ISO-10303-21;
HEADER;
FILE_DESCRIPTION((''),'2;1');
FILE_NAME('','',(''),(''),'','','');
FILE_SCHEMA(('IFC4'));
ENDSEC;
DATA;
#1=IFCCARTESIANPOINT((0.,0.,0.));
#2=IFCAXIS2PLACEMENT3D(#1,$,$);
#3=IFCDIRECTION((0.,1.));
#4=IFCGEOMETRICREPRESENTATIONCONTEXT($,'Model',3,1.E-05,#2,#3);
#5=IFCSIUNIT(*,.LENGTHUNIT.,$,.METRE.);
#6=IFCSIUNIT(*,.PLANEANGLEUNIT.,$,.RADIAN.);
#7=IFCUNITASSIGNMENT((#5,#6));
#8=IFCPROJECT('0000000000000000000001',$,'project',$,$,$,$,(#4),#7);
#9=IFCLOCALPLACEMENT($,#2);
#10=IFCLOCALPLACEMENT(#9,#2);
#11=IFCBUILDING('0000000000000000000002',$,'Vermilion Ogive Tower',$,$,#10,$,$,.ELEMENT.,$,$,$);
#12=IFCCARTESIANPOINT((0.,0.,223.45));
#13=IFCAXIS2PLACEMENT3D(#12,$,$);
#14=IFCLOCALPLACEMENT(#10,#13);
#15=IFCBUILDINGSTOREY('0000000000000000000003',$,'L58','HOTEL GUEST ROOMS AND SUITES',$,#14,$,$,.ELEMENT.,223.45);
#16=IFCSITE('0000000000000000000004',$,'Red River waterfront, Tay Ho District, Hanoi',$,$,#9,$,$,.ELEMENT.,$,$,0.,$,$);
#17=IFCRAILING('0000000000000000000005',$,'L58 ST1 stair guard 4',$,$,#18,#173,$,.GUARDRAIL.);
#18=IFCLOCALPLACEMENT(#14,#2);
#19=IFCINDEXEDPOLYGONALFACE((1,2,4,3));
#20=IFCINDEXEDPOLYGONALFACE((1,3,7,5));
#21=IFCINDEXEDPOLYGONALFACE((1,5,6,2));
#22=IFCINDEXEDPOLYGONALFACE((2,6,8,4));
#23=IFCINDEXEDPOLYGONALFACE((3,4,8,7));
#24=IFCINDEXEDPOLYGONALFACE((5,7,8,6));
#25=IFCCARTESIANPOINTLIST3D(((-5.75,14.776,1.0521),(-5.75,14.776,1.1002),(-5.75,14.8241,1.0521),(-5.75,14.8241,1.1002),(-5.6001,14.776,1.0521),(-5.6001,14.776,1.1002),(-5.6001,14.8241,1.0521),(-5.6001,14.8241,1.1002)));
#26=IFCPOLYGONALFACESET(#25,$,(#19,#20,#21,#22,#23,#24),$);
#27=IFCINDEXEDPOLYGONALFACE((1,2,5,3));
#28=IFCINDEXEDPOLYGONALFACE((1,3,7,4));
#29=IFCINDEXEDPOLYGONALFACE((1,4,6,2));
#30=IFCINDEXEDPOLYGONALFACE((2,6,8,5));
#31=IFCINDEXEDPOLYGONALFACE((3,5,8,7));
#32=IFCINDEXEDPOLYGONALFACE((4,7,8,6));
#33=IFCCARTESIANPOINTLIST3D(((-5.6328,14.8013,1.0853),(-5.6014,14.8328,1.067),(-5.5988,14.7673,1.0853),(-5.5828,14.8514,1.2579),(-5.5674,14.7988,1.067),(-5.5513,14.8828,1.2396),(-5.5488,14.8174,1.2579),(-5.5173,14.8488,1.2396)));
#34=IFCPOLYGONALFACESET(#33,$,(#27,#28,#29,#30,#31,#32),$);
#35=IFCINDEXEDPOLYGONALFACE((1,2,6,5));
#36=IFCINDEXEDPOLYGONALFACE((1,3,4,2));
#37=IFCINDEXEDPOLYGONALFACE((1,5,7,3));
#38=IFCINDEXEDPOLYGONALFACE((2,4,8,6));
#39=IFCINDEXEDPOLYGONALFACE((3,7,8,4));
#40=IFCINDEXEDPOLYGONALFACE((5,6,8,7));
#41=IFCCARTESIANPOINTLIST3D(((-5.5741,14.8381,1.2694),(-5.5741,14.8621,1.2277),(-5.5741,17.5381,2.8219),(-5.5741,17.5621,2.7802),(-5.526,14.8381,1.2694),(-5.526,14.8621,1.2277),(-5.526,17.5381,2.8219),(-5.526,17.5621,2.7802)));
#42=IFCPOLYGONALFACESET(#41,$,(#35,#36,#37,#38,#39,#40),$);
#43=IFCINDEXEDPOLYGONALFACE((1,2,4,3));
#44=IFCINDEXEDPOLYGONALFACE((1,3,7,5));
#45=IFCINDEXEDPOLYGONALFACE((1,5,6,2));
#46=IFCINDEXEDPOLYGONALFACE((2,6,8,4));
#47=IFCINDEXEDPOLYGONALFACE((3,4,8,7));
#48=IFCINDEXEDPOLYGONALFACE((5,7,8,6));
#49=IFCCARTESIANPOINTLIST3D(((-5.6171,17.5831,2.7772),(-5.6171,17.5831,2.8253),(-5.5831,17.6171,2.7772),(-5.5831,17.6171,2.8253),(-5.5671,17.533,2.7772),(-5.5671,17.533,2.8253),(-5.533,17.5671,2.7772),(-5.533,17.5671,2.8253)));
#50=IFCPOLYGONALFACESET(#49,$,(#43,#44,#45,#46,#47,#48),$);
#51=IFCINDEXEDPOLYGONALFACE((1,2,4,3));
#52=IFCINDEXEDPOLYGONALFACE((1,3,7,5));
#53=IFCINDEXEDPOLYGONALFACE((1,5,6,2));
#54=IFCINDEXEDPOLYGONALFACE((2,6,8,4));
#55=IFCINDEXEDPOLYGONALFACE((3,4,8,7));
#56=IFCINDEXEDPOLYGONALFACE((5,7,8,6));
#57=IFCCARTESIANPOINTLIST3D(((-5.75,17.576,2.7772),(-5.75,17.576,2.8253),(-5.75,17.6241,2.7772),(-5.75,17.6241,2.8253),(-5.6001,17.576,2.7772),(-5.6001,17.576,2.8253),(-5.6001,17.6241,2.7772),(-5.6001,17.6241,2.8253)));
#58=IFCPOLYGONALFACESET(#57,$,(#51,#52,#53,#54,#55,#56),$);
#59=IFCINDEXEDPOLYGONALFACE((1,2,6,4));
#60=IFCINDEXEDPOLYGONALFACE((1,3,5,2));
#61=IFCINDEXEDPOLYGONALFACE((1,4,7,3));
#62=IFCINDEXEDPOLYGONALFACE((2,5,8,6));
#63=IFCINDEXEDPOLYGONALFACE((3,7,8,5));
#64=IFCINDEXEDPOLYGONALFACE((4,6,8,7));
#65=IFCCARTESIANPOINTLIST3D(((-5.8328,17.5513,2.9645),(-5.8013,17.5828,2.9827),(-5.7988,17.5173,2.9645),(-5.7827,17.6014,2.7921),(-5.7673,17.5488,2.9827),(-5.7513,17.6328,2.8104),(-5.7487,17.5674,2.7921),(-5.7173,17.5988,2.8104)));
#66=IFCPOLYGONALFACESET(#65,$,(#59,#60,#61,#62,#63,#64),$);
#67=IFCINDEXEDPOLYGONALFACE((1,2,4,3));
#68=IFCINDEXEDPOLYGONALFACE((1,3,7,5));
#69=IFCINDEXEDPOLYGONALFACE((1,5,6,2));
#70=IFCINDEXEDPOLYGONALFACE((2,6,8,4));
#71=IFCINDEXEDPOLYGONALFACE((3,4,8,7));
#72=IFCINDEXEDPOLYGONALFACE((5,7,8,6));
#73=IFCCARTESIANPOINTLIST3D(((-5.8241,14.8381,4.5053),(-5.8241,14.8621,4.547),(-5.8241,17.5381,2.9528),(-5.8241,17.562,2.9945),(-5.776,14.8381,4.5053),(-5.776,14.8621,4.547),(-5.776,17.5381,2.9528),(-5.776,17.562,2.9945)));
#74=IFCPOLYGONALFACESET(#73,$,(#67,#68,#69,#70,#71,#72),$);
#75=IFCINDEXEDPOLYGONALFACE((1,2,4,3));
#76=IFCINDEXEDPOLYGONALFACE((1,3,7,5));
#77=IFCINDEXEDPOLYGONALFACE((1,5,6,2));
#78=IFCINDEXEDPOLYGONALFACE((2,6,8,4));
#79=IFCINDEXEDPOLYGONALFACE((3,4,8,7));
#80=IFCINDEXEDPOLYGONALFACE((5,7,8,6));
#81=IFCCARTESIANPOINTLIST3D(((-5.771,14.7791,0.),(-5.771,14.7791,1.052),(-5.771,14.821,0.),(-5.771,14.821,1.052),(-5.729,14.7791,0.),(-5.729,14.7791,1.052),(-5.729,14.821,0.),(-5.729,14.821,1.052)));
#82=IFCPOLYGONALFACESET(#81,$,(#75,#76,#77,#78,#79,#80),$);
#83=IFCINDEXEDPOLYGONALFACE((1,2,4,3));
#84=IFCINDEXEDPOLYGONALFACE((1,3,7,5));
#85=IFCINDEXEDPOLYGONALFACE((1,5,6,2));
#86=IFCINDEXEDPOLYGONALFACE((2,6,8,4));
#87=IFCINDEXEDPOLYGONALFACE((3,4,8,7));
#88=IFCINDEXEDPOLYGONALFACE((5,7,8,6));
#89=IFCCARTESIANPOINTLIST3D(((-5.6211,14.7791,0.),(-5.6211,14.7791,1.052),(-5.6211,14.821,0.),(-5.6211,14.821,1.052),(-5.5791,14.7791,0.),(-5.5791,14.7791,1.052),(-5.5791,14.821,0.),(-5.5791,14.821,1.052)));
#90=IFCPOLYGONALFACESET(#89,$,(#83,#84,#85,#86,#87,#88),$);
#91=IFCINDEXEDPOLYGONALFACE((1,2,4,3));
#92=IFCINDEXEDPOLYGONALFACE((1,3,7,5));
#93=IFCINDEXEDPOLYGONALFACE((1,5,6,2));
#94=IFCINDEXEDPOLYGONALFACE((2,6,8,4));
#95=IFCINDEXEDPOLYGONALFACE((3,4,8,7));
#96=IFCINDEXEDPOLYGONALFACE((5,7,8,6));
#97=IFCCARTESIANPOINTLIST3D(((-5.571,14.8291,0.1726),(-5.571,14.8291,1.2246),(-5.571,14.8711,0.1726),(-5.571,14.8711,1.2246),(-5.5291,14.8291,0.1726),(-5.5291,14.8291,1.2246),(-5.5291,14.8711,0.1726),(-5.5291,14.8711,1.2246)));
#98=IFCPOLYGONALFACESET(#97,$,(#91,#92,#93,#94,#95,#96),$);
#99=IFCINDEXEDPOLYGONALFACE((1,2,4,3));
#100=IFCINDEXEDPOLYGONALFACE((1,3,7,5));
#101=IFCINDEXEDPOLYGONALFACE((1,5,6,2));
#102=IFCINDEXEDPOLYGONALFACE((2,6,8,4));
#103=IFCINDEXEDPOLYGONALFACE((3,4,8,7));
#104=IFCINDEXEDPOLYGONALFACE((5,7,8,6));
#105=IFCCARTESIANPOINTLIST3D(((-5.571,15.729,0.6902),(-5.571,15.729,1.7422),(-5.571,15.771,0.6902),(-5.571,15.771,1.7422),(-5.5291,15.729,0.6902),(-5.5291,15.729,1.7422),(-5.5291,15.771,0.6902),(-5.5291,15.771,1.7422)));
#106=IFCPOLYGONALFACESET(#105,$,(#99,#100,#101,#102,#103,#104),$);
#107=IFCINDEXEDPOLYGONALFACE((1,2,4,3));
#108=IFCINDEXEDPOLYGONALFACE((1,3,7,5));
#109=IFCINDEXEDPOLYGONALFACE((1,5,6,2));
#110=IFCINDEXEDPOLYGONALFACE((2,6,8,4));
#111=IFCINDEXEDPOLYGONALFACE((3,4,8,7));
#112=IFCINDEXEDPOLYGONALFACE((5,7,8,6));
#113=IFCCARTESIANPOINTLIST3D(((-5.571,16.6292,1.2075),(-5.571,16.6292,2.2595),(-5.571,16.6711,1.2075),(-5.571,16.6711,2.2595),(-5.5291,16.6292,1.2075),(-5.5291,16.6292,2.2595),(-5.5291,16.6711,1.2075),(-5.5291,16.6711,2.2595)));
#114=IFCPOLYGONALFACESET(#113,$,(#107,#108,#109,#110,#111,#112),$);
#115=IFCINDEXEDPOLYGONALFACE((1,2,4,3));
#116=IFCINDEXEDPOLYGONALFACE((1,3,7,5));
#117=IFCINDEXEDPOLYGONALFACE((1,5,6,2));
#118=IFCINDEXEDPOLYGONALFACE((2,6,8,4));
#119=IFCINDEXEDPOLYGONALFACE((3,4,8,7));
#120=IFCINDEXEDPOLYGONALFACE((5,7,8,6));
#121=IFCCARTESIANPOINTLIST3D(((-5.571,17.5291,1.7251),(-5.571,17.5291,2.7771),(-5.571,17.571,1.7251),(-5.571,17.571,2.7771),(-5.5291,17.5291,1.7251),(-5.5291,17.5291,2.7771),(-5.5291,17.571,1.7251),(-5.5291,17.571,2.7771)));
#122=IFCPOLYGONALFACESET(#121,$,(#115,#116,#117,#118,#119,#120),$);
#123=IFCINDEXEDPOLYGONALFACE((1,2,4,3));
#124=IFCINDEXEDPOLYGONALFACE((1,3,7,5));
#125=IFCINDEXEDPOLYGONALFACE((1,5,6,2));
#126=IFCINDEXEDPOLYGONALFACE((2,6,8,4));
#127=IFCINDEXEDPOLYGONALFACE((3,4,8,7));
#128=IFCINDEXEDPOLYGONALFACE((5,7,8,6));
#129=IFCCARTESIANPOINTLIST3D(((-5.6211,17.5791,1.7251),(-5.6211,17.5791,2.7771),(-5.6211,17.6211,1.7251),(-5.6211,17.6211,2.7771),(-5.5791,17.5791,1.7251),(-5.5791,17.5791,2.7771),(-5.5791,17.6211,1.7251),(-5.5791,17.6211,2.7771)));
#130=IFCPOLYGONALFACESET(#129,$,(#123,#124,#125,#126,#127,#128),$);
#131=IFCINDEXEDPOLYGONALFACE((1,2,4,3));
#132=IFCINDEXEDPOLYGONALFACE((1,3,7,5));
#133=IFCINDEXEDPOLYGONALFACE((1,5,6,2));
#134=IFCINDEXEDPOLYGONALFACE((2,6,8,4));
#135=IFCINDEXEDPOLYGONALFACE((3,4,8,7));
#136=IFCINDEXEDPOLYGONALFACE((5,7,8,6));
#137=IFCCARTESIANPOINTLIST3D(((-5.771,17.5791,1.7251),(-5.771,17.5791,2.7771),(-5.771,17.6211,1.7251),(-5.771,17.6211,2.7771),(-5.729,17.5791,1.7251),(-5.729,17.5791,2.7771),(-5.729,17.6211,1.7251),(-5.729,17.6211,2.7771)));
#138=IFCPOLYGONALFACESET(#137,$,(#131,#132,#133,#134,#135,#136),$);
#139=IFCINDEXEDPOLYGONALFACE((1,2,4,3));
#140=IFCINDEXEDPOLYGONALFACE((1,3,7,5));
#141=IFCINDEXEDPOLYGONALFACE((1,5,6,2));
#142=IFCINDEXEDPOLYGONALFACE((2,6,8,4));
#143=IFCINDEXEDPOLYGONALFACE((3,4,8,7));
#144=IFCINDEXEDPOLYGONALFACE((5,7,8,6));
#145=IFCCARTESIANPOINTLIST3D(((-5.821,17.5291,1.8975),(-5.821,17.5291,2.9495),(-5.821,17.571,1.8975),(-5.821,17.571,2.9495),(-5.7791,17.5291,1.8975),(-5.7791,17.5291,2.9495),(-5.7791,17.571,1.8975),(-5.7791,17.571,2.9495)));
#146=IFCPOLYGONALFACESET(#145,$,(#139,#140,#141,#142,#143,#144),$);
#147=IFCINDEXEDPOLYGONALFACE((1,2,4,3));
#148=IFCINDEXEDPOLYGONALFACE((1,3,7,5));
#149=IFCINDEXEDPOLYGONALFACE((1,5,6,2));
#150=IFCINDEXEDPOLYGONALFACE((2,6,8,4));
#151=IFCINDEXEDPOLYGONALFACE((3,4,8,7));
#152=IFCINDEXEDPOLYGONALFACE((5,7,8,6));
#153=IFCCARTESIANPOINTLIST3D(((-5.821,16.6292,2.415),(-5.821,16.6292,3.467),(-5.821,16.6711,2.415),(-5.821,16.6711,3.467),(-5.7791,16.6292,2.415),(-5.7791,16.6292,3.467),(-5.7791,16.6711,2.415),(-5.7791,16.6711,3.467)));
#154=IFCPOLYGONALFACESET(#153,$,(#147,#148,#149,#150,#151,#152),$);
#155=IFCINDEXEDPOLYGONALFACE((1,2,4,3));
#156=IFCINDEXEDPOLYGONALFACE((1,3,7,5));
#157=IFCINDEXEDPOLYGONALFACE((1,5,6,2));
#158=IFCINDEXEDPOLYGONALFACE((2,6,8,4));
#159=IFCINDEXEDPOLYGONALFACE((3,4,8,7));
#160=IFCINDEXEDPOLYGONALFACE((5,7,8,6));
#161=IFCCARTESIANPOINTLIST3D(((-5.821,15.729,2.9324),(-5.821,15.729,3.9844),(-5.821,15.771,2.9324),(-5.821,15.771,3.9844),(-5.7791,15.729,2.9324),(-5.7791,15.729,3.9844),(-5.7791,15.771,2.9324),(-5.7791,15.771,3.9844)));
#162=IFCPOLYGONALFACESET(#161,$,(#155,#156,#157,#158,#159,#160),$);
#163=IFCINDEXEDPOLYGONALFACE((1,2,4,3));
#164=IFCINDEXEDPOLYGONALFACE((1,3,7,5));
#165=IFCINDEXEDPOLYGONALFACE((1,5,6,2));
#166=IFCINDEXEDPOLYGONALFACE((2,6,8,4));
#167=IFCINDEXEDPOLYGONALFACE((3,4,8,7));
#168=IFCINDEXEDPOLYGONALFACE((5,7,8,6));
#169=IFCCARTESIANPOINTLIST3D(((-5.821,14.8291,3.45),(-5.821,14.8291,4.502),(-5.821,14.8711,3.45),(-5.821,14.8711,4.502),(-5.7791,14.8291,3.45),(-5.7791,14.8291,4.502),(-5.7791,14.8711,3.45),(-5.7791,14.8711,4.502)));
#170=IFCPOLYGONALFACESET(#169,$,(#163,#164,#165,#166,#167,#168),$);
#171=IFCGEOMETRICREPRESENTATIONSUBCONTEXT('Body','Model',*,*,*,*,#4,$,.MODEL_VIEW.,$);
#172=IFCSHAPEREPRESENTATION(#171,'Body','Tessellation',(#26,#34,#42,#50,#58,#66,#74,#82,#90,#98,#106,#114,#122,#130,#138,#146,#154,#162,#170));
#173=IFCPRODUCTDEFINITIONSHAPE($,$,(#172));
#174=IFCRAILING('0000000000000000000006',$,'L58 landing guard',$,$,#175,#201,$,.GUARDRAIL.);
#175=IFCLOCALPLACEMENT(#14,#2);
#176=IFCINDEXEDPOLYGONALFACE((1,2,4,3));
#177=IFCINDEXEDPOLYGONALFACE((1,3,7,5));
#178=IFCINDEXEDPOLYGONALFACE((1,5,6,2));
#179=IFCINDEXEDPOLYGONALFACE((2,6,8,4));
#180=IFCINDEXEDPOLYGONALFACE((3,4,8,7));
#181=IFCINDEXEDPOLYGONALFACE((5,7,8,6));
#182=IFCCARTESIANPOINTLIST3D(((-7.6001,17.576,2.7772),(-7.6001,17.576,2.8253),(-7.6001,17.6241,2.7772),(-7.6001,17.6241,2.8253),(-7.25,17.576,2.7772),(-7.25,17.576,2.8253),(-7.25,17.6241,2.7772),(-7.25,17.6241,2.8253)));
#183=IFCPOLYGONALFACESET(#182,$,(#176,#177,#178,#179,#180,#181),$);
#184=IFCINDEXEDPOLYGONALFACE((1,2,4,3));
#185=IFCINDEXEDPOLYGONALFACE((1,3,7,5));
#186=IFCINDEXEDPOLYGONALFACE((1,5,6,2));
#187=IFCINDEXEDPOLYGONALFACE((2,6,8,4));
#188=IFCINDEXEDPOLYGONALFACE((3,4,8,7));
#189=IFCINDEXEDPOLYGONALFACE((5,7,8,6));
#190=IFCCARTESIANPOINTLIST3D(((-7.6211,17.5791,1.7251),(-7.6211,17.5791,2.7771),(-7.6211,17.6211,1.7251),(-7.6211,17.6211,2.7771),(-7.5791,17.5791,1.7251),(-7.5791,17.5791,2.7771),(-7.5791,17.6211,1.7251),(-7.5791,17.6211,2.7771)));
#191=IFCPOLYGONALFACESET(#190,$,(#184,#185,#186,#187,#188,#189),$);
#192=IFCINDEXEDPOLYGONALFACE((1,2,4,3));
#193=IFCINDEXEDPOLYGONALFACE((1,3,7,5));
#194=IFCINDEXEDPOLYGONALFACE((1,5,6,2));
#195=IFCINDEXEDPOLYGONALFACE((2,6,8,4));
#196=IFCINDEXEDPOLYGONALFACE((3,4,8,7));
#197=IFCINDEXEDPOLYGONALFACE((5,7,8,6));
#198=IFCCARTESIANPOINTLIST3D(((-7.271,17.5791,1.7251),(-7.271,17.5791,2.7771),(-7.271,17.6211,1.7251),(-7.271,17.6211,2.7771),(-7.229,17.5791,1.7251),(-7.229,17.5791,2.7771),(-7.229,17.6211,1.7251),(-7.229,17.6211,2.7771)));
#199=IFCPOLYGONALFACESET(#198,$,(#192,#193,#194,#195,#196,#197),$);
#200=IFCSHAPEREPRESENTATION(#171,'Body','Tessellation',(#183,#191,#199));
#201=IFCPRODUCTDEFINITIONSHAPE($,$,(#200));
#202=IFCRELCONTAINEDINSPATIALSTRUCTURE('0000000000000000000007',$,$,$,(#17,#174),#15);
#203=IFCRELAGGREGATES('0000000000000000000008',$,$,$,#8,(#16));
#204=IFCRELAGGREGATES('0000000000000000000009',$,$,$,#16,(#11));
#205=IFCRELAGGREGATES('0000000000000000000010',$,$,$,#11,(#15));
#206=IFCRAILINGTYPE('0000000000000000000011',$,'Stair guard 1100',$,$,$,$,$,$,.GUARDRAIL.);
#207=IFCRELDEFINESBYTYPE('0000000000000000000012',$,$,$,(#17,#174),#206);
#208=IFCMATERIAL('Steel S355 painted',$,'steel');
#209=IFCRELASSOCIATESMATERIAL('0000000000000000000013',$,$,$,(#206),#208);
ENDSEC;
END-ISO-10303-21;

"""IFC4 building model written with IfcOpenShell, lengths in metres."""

from ifc_helpers import new_model, si_unit, direction, frame, origin, origin_2d, place, context, subcontext, project, spatial, rectangle, extrude, material, type_object, element, save


model = new_model("IFC4")

# Units and contexts
model_context = context("Model", 3, precision=1e-05, world=origin(), true_north=direction((0.0, 1.0)))
body_context = subcontext(model_context, "Body", "Model", "MODEL_VIEW")
ifc_project = project(units=[si_unit("LENGTHUNIT", "METRE"), si_unit("PLANEANGLEUNIT", "RADIAN")], contexts=[model_context])

# Site, building, storey
site_placement = place(None, origin())
site = spatial("IfcSite", under=ifc_project, at=site_placement, Name="Red River waterfront, Tay Ho District, Hanoi", CompositionType="ELEMENT", RefElevation=0.0)
building_placement = place(site_placement, origin())
building = spatial("IfcBuilding", under=site, at=building_placement, Name="Vermilion Ogive Tower", CompositionType="ELEMENT")
storey_placement = place(building_placement, frame((0.0, 0.0, 223.45)))
storey = spatial("IfcBuildingStorey", under=building, at=storey_placement, Name="L58", Description="HOTEL GUEST ROOMS AND SUITES", CompositionType="ELEMENT", Elevation=223.45)

# Railings
ifc_material_1 = material(Name="Steel S355 painted", Category="steel")
railing_type_1 = type_object("IfcRailingType", Name="Stair guard 1100", PredefinedType="GUARDRAIL", material=ifc_material_1)
railing_1_placement = place(storey_placement, frame((-5.75, 14.8, 0.0)))
element("IfcRailing", 1, at=railing_1_placement, inside=storey, type_object=railing_type_1, Name="L58 ST1 stair guard 4", PredefinedType="GUARDRAIL", context=body_context, shape_type="SweptSolid", body=[
    extrude(rectangle(XDim=0.0481, YDim=0.0481, at=origin_2d()), frame((0.0, 0.0, 1.0762), z_axis=(1.0, 0.0, 0.0), x_axis=(0.0, 1.0, 0.0)), (0.0, 0.0, 1.0), 0.1499),
    extrude(rectangle(XDim=0.0481, YDim=0.0481, at=origin_2d()), frame((0.1499, 0.0, 1.0762), z_axis=(0.268278, 0.268278, 0.925232), x_axis=(-0.707107, 0.707107, 0.0)), (0.0, 0.0, 1.0), 0.1865),
    extrude(rectangle(XDim=0.0481, YDim=0.0481, at=origin_2d()), frame((0.2, 0.05, 1.2485), z_axis=(0.0, 0.866904, 0.498476), x_axis=(-1.0, 0.0, 0.0)), (0.0, 0.0, 1.0), 3.1145),
    extrude(rectangle(XDim=0.0481, YDim=0.0481, at=origin_2d()), frame((0.2, 2.75, 2.8013), z_axis=(-0.707107, 0.707107, 0.0), x_axis=(-0.707107, -0.707107, 0.0)), (0.0, 0.0, 1.0), 0.0708),
    extrude(rectangle(XDim=0.0481, YDim=0.0481, at=origin_2d()), frame((0.1499, 2.8, 2.8013), z_axis=(-1.0, 0.0, 0.0), x_axis=(0.0, -1.0, 0.0)), (0.0, 0.0, 1.0), 0.1499),
    extrude(rectangle(XDim=0.0481, YDim=0.0481, at=origin_2d()), frame((0.0, 2.8, 2.8013), z_axis=(-0.268603, -0.268603, 0.925043), x_axis=(0.707107, -0.707107, 0.0)), (0.0, 0.0, 1.0), 0.1863),
    extrude(rectangle(XDim=0.0481, YDim=0.0481, at=origin_2d()), frame((-0.05, 2.75, 2.9736), z_axis=(0.0, -0.866904, 0.498476), x_axis=(1.0, 0.0, 0.0)), (0.0, 0.0, 1.0), 3.1145),
    extrude(rectangle(XDim=0.042, YDim=0.042, at=origin_2d()), origin(), (0.0, 0.0, 1.0), 1.052),
    extrude(rectangle(XDim=0.042, YDim=0.042, at=origin_2d()), frame((0.1499, 0.0, 0.0)), (0.0, 0.0, 1.0), 1.052),
    extrude(rectangle(XDim=0.042, YDim=0.042, at=origin_2d()), frame((0.2, 0.05, 0.1726)), (0.0, 0.0, 1.0), 1.052),
    extrude(rectangle(XDim=0.042, YDim=0.042, at=origin_2d()), frame((0.2, 0.95, 0.6902)), (0.0, 0.0, 1.0), 1.052),
    extrude(rectangle(XDim=0.042, YDim=0.042, at=origin_2d()), frame((0.2, 1.8501, 1.2075)), (0.0, 0.0, 1.0), 1.052),
    extrude(rectangle(XDim=0.042, YDim=0.042, at=origin_2d()), frame((0.2, 2.75, 1.7251)), (0.0, 0.0, 1.0), 1.052),
    extrude(rectangle(XDim=0.042, YDim=0.042, at=origin_2d()), frame((0.1499, 2.8, 1.7251)), (0.0, 0.0, 1.0), 1.052),
    extrude(rectangle(XDim=0.042, YDim=0.042, at=origin_2d()), frame((0.0, 2.8, 1.7251)), (0.0, 0.0, 1.0), 1.052),
    extrude(rectangle(XDim=0.042, YDim=0.042, at=origin_2d()), frame((-0.05, 2.75, 1.8975)), (0.0, 0.0, 1.0), 1.052),
    extrude(rectangle(XDim=0.042, YDim=0.042, at=origin_2d()), frame((-0.05, 1.8501, 2.415)), (0.0, 0.0, 1.0), 1.052),
    extrude(rectangle(XDim=0.042, YDim=0.042, at=origin_2d()), frame((-0.05, 0.95, 2.9324)), (0.0, 0.0, 1.0), 1.052),
    extrude(rectangle(XDim=0.042, YDim=0.042, at=origin_2d()), frame((-0.05, 0.05, 3.45)), (0.0, 0.0, 1.0), 1.052),
])
railing_2_placement = place(storey_placement, frame((-7.6001, 17.6001, 1.7251)))
element("IfcRailing", 2, at=railing_2_placement, inside=storey, type_object=railing_type_1, Name="L58 landing guard", PredefinedType="GUARDRAIL", context=body_context, shape_type="SweptSolid", body=[
    extrude(rectangle(XDim=0.0481, YDim=0.0481, at=origin_2d()), frame((0.0, 0.0, 1.0762), z_axis=(1.0, 0.0, 0.0), x_axis=(0.0, 1.0, 0.0)), (0.0, 0.0, 1.0), 0.3501),
    extrude(rectangle(XDim=0.042, YDim=0.042, at=origin_2d()), origin(), (0.0, 0.0, 1.0), 1.052),
    extrude(rectangle(XDim=0.042, YDim=0.042, at=origin_2d()), frame((0.3501, 0.0, 0.0)), (0.0, 0.0, 1.0), 1.052),
])

save(model, "model.ifc")
